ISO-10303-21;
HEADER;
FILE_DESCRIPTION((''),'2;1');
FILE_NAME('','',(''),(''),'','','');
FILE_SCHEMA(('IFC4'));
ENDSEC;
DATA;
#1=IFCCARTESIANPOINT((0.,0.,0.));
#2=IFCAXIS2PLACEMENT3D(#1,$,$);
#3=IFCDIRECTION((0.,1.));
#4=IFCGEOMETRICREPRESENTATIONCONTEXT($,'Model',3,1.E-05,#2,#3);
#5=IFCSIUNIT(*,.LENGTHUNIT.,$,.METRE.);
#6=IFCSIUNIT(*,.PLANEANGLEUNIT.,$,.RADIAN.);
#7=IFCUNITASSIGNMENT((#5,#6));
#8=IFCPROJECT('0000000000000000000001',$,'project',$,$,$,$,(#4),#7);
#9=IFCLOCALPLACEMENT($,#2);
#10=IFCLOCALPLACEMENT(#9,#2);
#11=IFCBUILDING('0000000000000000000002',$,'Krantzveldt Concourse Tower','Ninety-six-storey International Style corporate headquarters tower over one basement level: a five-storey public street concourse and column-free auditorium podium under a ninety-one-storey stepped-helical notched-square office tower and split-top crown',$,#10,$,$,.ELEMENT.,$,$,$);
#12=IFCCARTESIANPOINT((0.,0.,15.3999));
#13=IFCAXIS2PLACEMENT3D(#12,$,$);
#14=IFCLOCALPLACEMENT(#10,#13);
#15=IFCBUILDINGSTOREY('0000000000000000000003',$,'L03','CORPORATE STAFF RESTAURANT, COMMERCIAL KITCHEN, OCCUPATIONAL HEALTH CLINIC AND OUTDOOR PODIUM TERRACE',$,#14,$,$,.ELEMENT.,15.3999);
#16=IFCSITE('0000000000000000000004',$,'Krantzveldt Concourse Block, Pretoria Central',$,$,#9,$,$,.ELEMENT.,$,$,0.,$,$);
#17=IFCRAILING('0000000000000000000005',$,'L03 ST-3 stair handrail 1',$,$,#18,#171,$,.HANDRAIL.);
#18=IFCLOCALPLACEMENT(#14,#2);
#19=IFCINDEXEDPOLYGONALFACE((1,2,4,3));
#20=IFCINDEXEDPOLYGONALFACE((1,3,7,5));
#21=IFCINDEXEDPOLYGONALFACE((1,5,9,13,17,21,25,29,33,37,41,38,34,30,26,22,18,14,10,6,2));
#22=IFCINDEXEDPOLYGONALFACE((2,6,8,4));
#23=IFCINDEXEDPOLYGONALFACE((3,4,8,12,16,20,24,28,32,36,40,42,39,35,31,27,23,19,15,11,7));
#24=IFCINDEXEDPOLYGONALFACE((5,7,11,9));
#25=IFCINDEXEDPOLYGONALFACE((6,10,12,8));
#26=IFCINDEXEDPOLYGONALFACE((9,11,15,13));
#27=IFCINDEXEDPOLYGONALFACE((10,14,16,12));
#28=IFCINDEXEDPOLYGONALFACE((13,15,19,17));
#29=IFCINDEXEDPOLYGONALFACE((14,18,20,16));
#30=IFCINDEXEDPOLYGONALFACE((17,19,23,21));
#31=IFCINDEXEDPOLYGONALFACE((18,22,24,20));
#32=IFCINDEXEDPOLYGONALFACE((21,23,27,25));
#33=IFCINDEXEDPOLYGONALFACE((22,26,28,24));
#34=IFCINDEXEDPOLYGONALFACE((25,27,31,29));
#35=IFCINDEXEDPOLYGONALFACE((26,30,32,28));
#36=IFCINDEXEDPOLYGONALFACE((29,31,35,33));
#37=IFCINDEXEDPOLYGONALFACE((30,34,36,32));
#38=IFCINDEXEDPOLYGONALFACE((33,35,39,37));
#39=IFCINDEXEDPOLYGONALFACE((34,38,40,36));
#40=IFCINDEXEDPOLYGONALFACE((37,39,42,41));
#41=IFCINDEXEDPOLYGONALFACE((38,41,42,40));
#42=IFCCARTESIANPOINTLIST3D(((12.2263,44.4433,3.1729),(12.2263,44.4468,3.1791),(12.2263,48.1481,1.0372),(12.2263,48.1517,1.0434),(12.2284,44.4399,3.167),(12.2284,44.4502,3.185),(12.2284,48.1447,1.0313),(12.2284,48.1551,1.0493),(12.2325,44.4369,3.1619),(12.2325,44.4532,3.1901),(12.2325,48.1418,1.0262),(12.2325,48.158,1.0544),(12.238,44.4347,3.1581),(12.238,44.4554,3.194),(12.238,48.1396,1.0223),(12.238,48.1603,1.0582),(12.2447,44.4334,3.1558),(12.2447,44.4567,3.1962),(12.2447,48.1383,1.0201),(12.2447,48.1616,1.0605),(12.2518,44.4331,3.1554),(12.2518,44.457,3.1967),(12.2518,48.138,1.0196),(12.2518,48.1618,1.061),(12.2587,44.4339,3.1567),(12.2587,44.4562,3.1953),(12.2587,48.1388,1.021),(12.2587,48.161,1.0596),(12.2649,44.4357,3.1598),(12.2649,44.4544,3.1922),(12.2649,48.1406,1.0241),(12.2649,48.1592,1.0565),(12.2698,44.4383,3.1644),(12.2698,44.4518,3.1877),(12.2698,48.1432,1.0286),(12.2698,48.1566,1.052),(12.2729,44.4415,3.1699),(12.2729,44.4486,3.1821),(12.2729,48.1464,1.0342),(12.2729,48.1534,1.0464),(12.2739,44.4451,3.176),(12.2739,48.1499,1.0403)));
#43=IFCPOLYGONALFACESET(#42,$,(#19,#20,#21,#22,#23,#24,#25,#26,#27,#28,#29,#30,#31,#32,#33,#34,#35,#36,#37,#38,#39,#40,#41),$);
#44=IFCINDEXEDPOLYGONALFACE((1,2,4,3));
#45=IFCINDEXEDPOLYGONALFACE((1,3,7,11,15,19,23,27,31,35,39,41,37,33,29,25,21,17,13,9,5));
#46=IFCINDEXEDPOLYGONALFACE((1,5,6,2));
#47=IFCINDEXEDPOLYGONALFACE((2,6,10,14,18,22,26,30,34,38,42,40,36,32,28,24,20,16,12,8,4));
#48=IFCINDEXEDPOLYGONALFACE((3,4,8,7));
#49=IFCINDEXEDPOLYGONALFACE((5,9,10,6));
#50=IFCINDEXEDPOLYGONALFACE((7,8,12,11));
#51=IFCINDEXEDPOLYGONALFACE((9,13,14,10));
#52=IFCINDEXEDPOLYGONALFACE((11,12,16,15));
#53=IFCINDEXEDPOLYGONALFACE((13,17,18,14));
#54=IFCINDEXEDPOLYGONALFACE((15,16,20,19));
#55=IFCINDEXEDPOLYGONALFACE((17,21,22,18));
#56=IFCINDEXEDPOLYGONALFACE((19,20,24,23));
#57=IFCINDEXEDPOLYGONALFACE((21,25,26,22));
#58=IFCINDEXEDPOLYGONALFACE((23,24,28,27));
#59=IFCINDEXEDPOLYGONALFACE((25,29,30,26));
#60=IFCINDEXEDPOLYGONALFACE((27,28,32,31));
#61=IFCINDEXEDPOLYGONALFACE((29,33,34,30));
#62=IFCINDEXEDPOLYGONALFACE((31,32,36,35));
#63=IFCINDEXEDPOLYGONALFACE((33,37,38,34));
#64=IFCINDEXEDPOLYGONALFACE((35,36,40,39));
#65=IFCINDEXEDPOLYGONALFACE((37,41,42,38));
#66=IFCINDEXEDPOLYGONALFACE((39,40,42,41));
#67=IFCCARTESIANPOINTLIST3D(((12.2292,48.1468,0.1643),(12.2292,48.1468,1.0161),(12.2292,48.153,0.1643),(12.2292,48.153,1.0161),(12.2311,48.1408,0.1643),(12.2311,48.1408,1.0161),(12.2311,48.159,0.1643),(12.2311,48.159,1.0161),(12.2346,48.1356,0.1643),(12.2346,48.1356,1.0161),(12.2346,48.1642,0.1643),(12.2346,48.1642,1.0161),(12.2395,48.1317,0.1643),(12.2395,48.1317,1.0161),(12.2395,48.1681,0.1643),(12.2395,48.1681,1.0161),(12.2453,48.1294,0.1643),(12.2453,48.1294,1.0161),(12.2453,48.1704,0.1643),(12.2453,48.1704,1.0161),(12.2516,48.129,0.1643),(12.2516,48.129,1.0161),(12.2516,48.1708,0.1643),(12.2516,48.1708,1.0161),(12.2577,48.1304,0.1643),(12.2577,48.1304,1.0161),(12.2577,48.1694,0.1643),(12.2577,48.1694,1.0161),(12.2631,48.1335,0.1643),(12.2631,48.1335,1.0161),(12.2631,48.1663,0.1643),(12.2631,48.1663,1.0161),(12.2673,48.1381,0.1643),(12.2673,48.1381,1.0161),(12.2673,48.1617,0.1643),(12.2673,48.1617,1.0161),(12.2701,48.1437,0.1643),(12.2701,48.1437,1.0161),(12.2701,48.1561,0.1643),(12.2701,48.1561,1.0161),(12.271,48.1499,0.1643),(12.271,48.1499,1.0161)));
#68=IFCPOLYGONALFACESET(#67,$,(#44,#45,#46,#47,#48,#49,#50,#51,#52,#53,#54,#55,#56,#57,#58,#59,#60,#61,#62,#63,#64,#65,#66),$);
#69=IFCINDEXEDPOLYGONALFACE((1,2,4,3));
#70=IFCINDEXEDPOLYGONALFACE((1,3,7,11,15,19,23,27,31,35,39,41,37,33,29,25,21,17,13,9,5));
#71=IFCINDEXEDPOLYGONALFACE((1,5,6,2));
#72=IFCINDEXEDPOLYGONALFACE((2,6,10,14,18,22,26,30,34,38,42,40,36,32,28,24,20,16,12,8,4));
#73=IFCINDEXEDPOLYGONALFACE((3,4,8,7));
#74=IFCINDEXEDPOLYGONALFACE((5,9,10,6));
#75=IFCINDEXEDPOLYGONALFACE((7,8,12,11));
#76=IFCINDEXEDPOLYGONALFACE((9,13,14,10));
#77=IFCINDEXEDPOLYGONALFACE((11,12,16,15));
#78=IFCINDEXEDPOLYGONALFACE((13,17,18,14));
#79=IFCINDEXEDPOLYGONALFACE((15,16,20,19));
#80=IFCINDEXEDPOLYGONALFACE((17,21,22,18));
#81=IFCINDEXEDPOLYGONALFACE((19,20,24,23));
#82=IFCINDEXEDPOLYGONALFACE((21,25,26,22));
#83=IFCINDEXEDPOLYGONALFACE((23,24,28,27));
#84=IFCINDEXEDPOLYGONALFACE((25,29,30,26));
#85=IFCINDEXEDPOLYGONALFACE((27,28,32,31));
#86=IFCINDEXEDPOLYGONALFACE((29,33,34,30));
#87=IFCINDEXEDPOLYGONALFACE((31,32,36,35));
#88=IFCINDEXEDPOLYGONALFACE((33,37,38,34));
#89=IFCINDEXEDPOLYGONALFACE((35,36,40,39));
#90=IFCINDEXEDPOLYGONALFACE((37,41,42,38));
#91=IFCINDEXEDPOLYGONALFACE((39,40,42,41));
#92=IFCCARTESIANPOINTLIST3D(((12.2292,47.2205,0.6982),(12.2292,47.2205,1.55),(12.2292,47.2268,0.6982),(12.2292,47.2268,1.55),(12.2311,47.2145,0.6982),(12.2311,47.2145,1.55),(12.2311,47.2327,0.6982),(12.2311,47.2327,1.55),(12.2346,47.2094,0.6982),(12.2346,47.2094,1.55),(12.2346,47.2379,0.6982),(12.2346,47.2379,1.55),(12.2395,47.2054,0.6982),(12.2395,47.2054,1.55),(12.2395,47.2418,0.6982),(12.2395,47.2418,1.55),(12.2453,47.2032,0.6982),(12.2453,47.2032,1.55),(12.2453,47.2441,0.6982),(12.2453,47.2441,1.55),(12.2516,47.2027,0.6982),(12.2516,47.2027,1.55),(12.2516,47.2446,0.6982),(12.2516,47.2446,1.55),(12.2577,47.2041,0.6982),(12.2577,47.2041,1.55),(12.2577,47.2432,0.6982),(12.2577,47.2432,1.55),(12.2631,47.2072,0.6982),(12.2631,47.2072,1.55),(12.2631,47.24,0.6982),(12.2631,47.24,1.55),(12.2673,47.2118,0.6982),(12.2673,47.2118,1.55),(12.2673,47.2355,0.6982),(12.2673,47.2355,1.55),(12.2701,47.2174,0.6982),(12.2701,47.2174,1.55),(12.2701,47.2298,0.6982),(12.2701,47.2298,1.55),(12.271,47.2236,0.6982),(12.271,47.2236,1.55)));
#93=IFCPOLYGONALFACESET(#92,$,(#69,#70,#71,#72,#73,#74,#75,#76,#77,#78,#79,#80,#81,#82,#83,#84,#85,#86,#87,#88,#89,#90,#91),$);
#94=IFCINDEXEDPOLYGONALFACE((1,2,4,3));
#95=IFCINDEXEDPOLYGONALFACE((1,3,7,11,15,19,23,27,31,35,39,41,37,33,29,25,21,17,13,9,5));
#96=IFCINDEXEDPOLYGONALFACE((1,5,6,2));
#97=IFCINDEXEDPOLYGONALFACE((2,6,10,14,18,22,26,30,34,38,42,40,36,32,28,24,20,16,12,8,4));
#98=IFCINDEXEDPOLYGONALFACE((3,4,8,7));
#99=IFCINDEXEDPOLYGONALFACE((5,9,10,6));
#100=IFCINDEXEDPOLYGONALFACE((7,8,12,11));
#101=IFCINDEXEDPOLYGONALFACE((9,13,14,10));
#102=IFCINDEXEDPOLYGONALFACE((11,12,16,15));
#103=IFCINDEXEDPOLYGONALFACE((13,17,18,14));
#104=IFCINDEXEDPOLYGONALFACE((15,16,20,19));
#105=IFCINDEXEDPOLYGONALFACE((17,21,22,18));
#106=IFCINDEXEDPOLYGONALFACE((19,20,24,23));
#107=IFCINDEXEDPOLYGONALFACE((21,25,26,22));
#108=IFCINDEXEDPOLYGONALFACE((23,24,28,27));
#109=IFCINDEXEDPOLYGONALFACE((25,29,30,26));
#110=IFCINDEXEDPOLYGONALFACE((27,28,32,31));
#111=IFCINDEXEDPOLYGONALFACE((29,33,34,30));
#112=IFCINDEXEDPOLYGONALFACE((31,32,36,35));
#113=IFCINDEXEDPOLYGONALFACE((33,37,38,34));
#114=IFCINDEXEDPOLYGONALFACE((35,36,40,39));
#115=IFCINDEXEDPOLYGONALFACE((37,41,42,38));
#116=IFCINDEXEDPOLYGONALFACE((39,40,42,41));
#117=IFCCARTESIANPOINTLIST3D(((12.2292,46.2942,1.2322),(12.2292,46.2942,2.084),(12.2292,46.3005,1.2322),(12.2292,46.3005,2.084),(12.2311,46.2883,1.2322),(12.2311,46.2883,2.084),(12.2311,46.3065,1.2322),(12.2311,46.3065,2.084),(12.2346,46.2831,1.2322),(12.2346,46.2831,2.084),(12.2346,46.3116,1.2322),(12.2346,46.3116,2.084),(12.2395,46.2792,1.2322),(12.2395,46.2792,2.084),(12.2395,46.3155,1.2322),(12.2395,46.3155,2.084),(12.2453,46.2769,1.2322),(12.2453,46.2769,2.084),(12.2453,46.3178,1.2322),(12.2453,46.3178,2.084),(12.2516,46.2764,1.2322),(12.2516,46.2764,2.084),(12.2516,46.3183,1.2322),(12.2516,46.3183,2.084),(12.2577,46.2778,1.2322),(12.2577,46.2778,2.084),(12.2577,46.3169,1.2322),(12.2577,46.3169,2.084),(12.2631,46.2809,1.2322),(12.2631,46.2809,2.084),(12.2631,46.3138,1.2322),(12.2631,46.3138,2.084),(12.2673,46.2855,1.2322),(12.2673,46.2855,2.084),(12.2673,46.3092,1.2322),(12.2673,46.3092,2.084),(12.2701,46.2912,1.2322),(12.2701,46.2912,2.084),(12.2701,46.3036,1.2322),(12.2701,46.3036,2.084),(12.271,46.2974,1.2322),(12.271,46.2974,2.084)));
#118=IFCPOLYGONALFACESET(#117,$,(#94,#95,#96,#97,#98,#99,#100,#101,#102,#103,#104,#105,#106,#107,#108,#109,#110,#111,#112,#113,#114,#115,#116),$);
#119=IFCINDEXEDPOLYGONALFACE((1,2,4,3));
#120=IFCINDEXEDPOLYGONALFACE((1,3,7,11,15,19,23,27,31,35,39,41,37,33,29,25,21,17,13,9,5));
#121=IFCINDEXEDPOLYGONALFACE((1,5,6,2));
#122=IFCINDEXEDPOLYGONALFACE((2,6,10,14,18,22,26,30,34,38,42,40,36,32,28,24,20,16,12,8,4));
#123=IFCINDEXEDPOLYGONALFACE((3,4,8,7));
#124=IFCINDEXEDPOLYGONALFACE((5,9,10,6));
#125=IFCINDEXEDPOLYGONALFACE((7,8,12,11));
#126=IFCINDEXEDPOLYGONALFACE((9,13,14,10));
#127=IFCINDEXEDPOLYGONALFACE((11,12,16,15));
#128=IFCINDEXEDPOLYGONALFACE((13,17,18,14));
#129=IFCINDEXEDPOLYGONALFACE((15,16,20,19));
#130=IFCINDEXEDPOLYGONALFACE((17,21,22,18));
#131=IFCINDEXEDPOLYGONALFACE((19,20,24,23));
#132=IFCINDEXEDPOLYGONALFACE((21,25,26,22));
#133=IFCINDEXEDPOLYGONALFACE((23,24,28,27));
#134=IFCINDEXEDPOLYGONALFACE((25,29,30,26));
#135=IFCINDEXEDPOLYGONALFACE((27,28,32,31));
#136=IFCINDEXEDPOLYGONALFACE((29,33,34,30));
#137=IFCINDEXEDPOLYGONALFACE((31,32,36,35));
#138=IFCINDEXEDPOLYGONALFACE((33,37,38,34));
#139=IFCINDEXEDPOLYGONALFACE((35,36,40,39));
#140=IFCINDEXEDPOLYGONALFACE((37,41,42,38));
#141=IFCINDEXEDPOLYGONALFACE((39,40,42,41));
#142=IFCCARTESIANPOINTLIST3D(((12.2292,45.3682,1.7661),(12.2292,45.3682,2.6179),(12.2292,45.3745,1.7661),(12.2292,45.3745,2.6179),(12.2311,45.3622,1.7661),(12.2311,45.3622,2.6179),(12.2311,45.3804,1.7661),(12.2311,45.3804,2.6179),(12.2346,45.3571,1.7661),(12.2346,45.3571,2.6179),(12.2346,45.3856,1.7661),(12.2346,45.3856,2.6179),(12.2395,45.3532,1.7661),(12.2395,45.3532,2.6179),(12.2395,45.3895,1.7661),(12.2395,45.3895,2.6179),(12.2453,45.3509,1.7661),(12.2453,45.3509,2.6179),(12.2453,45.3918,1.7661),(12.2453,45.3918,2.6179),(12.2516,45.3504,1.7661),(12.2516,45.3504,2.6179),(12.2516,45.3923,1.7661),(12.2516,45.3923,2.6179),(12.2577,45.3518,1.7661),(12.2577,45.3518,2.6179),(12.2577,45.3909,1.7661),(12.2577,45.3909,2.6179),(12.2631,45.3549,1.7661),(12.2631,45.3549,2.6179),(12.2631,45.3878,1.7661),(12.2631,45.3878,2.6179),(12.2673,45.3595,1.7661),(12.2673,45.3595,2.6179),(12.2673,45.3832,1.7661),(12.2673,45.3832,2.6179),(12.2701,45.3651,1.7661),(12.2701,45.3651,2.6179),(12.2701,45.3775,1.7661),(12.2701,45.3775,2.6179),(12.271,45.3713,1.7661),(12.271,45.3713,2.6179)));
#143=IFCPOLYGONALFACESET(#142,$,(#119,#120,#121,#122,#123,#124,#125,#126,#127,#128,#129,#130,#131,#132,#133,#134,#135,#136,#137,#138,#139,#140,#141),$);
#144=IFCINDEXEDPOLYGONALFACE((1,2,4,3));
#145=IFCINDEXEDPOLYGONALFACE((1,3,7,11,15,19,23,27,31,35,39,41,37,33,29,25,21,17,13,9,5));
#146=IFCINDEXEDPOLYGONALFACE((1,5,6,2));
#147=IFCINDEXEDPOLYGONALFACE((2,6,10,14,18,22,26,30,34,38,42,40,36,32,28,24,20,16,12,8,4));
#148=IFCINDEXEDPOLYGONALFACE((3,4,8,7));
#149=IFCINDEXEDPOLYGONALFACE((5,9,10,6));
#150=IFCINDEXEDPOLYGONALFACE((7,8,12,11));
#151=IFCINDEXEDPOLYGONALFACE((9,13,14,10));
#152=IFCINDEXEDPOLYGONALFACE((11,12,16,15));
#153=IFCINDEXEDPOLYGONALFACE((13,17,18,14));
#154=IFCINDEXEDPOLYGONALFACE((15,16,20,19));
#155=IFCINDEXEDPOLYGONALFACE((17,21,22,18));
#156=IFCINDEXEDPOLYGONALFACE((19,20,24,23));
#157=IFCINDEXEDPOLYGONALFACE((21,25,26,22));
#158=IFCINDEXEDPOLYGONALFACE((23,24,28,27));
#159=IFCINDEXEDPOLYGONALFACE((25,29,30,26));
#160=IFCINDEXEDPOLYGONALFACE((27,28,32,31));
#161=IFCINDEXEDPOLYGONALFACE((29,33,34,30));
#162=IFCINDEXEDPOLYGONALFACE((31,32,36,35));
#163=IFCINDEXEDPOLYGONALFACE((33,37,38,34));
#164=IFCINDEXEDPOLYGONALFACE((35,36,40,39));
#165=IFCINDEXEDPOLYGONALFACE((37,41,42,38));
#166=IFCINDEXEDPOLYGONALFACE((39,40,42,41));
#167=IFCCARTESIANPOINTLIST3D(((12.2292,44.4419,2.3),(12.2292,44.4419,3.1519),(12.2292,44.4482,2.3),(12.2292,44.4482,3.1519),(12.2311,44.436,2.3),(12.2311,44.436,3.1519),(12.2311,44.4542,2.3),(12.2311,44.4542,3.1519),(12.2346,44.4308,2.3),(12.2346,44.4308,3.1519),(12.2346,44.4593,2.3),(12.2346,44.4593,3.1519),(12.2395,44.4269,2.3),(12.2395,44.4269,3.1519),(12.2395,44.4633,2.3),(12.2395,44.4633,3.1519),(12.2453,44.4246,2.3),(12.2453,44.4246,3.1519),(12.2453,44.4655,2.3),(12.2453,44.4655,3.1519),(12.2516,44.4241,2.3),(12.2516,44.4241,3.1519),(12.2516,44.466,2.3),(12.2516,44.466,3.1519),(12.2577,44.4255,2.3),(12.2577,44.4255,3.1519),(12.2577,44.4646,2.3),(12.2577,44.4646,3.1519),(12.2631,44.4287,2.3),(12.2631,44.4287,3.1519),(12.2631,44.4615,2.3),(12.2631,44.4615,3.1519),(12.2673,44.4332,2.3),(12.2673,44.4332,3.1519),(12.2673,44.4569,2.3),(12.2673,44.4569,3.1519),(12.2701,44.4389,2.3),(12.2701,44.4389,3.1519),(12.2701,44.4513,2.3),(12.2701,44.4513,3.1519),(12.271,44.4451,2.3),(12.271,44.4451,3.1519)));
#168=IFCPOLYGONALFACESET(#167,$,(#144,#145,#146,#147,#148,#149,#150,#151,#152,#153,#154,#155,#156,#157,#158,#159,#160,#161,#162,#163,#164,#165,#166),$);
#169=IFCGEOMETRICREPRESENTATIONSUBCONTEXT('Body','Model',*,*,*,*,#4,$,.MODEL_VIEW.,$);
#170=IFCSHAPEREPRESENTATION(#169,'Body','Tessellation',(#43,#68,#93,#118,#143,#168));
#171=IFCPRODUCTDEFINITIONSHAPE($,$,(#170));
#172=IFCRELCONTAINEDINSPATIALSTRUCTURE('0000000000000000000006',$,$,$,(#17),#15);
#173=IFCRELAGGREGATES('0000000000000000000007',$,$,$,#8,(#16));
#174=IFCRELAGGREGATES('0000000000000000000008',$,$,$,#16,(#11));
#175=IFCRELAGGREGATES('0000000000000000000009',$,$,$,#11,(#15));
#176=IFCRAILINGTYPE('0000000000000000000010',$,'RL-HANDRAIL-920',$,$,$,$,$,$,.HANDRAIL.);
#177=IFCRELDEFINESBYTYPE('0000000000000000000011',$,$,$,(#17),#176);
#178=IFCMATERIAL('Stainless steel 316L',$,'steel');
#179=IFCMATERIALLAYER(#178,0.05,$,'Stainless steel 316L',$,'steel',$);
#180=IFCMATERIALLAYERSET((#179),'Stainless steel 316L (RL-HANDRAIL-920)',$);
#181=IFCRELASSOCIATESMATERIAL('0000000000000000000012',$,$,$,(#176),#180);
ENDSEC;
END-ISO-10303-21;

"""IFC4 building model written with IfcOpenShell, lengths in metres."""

from ifc_helpers import new_model, si_unit, direction, frame, origin, origin_2d, place, context, subcontext, project, spatial, circle, extrude, material, layer, layer_set, type_object, element, save


model = new_model("IFC4")

# Units and contexts
model_context = context("Model", 3, precision=1e-05, world=origin(), true_north=direction((0.0, 1.0)))
body_context = subcontext(model_context, "Body", "Model", "MODEL_VIEW")
ifc_project = project(units=[si_unit("LENGTHUNIT", "METRE"), si_unit("PLANEANGLEUNIT", "RADIAN")], contexts=[model_context])

# Site, building, storey
site_placement = place(None, origin())
site = spatial("IfcSite", under=ifc_project, at=site_placement, Name="Krantzveldt Concourse Block, Pretoria Central", CompositionType="ELEMENT", RefElevation=0.0)
building_placement = place(site_placement, origin())
building = spatial("IfcBuilding", under=site, at=building_placement, Name="Krantzveldt Concourse Tower", Description="Ninety-six-storey International Style corporate headquarters tower over one basement level: a five-storey public street concourse and column-free auditorium podium under a ninety-one-storey stepped-helical notched-square office tower and split-top crown", CompositionType="ELEMENT")
storey_placement = place(building_placement, frame((0.0, 0.0, 15.3999)))
storey = spatial("IfcBuildingStorey", under=building, at=storey_placement, Name="L03", Description="CORPORATE STAFF RESTAURANT, COMMERCIAL KITCHEN, OCCUPATIONAL HEALTH CLINIC AND OUTDOOR PODIUM TERRACE", CompositionType="ELEMENT", Elevation=15.3999)

# Railing
ifc_material_1 = material(Name="Stainless steel 316L", Category="steel")
ifc_layer_1 = layer(ifc_material_1, 0.05, Name="Stainless steel 316L", Category="steel")
ifc_layer_set_1 = layer_set([ifc_layer_1], Name="Stainless steel 316L (RL-HANDRAIL-920)")
railing_type_1 = type_object("IfcRailingType", Name="RL-HANDRAIL-920", PredefinedType="HANDRAIL", material=ifc_layer_set_1)
railing_1_placement = place(storey_placement, frame((12.25, 48.1499, 0.1643)))
element("IfcRailing", 1, at=railing_1_placement, inside=storey, type_object=railing_type_1, Name="L03 ST-3 stair handrail 1", PredefinedType="HANDRAIL", context=body_context, shape_type="SweptSolid", body=[
    extrude(circle(Radius=0.0239, at=origin_2d()), frame((0.0, 0.0, 0.876), z_axis=(0.0, -0.866354, 0.499431), x_axis=(1.0, 0.0, 0.0)), (0.0, 0.0, 1.0), 4.2764),
    extrude(circle(Radius=0.021, at=origin_2d()), origin(), (0.0, 0.0, 1.0), 0.8518),
    extrude(circle(Radius=0.021, at=origin_2d()), frame((0.0, -0.9263, 0.5339)), (0.0, 0.0, 1.0), 0.8518),
    extrude(circle(Radius=0.021, at=origin_2d()), frame((0.0, -1.8525, 1.0679)), (0.0, 0.0, 1.0), 0.8518),
    extrude(circle(Radius=0.021, at=origin_2d()), frame((0.0, -2.7786, 1.6018)), (0.0, 0.0, 1.0), 0.8518),
    extrude(circle(Radius=0.021, at=origin_2d()), frame((0.0, -3.7048, 2.1357)), (0.0, 0.0, 1.0), 0.8518),
])

save(model, "model.ifc")
